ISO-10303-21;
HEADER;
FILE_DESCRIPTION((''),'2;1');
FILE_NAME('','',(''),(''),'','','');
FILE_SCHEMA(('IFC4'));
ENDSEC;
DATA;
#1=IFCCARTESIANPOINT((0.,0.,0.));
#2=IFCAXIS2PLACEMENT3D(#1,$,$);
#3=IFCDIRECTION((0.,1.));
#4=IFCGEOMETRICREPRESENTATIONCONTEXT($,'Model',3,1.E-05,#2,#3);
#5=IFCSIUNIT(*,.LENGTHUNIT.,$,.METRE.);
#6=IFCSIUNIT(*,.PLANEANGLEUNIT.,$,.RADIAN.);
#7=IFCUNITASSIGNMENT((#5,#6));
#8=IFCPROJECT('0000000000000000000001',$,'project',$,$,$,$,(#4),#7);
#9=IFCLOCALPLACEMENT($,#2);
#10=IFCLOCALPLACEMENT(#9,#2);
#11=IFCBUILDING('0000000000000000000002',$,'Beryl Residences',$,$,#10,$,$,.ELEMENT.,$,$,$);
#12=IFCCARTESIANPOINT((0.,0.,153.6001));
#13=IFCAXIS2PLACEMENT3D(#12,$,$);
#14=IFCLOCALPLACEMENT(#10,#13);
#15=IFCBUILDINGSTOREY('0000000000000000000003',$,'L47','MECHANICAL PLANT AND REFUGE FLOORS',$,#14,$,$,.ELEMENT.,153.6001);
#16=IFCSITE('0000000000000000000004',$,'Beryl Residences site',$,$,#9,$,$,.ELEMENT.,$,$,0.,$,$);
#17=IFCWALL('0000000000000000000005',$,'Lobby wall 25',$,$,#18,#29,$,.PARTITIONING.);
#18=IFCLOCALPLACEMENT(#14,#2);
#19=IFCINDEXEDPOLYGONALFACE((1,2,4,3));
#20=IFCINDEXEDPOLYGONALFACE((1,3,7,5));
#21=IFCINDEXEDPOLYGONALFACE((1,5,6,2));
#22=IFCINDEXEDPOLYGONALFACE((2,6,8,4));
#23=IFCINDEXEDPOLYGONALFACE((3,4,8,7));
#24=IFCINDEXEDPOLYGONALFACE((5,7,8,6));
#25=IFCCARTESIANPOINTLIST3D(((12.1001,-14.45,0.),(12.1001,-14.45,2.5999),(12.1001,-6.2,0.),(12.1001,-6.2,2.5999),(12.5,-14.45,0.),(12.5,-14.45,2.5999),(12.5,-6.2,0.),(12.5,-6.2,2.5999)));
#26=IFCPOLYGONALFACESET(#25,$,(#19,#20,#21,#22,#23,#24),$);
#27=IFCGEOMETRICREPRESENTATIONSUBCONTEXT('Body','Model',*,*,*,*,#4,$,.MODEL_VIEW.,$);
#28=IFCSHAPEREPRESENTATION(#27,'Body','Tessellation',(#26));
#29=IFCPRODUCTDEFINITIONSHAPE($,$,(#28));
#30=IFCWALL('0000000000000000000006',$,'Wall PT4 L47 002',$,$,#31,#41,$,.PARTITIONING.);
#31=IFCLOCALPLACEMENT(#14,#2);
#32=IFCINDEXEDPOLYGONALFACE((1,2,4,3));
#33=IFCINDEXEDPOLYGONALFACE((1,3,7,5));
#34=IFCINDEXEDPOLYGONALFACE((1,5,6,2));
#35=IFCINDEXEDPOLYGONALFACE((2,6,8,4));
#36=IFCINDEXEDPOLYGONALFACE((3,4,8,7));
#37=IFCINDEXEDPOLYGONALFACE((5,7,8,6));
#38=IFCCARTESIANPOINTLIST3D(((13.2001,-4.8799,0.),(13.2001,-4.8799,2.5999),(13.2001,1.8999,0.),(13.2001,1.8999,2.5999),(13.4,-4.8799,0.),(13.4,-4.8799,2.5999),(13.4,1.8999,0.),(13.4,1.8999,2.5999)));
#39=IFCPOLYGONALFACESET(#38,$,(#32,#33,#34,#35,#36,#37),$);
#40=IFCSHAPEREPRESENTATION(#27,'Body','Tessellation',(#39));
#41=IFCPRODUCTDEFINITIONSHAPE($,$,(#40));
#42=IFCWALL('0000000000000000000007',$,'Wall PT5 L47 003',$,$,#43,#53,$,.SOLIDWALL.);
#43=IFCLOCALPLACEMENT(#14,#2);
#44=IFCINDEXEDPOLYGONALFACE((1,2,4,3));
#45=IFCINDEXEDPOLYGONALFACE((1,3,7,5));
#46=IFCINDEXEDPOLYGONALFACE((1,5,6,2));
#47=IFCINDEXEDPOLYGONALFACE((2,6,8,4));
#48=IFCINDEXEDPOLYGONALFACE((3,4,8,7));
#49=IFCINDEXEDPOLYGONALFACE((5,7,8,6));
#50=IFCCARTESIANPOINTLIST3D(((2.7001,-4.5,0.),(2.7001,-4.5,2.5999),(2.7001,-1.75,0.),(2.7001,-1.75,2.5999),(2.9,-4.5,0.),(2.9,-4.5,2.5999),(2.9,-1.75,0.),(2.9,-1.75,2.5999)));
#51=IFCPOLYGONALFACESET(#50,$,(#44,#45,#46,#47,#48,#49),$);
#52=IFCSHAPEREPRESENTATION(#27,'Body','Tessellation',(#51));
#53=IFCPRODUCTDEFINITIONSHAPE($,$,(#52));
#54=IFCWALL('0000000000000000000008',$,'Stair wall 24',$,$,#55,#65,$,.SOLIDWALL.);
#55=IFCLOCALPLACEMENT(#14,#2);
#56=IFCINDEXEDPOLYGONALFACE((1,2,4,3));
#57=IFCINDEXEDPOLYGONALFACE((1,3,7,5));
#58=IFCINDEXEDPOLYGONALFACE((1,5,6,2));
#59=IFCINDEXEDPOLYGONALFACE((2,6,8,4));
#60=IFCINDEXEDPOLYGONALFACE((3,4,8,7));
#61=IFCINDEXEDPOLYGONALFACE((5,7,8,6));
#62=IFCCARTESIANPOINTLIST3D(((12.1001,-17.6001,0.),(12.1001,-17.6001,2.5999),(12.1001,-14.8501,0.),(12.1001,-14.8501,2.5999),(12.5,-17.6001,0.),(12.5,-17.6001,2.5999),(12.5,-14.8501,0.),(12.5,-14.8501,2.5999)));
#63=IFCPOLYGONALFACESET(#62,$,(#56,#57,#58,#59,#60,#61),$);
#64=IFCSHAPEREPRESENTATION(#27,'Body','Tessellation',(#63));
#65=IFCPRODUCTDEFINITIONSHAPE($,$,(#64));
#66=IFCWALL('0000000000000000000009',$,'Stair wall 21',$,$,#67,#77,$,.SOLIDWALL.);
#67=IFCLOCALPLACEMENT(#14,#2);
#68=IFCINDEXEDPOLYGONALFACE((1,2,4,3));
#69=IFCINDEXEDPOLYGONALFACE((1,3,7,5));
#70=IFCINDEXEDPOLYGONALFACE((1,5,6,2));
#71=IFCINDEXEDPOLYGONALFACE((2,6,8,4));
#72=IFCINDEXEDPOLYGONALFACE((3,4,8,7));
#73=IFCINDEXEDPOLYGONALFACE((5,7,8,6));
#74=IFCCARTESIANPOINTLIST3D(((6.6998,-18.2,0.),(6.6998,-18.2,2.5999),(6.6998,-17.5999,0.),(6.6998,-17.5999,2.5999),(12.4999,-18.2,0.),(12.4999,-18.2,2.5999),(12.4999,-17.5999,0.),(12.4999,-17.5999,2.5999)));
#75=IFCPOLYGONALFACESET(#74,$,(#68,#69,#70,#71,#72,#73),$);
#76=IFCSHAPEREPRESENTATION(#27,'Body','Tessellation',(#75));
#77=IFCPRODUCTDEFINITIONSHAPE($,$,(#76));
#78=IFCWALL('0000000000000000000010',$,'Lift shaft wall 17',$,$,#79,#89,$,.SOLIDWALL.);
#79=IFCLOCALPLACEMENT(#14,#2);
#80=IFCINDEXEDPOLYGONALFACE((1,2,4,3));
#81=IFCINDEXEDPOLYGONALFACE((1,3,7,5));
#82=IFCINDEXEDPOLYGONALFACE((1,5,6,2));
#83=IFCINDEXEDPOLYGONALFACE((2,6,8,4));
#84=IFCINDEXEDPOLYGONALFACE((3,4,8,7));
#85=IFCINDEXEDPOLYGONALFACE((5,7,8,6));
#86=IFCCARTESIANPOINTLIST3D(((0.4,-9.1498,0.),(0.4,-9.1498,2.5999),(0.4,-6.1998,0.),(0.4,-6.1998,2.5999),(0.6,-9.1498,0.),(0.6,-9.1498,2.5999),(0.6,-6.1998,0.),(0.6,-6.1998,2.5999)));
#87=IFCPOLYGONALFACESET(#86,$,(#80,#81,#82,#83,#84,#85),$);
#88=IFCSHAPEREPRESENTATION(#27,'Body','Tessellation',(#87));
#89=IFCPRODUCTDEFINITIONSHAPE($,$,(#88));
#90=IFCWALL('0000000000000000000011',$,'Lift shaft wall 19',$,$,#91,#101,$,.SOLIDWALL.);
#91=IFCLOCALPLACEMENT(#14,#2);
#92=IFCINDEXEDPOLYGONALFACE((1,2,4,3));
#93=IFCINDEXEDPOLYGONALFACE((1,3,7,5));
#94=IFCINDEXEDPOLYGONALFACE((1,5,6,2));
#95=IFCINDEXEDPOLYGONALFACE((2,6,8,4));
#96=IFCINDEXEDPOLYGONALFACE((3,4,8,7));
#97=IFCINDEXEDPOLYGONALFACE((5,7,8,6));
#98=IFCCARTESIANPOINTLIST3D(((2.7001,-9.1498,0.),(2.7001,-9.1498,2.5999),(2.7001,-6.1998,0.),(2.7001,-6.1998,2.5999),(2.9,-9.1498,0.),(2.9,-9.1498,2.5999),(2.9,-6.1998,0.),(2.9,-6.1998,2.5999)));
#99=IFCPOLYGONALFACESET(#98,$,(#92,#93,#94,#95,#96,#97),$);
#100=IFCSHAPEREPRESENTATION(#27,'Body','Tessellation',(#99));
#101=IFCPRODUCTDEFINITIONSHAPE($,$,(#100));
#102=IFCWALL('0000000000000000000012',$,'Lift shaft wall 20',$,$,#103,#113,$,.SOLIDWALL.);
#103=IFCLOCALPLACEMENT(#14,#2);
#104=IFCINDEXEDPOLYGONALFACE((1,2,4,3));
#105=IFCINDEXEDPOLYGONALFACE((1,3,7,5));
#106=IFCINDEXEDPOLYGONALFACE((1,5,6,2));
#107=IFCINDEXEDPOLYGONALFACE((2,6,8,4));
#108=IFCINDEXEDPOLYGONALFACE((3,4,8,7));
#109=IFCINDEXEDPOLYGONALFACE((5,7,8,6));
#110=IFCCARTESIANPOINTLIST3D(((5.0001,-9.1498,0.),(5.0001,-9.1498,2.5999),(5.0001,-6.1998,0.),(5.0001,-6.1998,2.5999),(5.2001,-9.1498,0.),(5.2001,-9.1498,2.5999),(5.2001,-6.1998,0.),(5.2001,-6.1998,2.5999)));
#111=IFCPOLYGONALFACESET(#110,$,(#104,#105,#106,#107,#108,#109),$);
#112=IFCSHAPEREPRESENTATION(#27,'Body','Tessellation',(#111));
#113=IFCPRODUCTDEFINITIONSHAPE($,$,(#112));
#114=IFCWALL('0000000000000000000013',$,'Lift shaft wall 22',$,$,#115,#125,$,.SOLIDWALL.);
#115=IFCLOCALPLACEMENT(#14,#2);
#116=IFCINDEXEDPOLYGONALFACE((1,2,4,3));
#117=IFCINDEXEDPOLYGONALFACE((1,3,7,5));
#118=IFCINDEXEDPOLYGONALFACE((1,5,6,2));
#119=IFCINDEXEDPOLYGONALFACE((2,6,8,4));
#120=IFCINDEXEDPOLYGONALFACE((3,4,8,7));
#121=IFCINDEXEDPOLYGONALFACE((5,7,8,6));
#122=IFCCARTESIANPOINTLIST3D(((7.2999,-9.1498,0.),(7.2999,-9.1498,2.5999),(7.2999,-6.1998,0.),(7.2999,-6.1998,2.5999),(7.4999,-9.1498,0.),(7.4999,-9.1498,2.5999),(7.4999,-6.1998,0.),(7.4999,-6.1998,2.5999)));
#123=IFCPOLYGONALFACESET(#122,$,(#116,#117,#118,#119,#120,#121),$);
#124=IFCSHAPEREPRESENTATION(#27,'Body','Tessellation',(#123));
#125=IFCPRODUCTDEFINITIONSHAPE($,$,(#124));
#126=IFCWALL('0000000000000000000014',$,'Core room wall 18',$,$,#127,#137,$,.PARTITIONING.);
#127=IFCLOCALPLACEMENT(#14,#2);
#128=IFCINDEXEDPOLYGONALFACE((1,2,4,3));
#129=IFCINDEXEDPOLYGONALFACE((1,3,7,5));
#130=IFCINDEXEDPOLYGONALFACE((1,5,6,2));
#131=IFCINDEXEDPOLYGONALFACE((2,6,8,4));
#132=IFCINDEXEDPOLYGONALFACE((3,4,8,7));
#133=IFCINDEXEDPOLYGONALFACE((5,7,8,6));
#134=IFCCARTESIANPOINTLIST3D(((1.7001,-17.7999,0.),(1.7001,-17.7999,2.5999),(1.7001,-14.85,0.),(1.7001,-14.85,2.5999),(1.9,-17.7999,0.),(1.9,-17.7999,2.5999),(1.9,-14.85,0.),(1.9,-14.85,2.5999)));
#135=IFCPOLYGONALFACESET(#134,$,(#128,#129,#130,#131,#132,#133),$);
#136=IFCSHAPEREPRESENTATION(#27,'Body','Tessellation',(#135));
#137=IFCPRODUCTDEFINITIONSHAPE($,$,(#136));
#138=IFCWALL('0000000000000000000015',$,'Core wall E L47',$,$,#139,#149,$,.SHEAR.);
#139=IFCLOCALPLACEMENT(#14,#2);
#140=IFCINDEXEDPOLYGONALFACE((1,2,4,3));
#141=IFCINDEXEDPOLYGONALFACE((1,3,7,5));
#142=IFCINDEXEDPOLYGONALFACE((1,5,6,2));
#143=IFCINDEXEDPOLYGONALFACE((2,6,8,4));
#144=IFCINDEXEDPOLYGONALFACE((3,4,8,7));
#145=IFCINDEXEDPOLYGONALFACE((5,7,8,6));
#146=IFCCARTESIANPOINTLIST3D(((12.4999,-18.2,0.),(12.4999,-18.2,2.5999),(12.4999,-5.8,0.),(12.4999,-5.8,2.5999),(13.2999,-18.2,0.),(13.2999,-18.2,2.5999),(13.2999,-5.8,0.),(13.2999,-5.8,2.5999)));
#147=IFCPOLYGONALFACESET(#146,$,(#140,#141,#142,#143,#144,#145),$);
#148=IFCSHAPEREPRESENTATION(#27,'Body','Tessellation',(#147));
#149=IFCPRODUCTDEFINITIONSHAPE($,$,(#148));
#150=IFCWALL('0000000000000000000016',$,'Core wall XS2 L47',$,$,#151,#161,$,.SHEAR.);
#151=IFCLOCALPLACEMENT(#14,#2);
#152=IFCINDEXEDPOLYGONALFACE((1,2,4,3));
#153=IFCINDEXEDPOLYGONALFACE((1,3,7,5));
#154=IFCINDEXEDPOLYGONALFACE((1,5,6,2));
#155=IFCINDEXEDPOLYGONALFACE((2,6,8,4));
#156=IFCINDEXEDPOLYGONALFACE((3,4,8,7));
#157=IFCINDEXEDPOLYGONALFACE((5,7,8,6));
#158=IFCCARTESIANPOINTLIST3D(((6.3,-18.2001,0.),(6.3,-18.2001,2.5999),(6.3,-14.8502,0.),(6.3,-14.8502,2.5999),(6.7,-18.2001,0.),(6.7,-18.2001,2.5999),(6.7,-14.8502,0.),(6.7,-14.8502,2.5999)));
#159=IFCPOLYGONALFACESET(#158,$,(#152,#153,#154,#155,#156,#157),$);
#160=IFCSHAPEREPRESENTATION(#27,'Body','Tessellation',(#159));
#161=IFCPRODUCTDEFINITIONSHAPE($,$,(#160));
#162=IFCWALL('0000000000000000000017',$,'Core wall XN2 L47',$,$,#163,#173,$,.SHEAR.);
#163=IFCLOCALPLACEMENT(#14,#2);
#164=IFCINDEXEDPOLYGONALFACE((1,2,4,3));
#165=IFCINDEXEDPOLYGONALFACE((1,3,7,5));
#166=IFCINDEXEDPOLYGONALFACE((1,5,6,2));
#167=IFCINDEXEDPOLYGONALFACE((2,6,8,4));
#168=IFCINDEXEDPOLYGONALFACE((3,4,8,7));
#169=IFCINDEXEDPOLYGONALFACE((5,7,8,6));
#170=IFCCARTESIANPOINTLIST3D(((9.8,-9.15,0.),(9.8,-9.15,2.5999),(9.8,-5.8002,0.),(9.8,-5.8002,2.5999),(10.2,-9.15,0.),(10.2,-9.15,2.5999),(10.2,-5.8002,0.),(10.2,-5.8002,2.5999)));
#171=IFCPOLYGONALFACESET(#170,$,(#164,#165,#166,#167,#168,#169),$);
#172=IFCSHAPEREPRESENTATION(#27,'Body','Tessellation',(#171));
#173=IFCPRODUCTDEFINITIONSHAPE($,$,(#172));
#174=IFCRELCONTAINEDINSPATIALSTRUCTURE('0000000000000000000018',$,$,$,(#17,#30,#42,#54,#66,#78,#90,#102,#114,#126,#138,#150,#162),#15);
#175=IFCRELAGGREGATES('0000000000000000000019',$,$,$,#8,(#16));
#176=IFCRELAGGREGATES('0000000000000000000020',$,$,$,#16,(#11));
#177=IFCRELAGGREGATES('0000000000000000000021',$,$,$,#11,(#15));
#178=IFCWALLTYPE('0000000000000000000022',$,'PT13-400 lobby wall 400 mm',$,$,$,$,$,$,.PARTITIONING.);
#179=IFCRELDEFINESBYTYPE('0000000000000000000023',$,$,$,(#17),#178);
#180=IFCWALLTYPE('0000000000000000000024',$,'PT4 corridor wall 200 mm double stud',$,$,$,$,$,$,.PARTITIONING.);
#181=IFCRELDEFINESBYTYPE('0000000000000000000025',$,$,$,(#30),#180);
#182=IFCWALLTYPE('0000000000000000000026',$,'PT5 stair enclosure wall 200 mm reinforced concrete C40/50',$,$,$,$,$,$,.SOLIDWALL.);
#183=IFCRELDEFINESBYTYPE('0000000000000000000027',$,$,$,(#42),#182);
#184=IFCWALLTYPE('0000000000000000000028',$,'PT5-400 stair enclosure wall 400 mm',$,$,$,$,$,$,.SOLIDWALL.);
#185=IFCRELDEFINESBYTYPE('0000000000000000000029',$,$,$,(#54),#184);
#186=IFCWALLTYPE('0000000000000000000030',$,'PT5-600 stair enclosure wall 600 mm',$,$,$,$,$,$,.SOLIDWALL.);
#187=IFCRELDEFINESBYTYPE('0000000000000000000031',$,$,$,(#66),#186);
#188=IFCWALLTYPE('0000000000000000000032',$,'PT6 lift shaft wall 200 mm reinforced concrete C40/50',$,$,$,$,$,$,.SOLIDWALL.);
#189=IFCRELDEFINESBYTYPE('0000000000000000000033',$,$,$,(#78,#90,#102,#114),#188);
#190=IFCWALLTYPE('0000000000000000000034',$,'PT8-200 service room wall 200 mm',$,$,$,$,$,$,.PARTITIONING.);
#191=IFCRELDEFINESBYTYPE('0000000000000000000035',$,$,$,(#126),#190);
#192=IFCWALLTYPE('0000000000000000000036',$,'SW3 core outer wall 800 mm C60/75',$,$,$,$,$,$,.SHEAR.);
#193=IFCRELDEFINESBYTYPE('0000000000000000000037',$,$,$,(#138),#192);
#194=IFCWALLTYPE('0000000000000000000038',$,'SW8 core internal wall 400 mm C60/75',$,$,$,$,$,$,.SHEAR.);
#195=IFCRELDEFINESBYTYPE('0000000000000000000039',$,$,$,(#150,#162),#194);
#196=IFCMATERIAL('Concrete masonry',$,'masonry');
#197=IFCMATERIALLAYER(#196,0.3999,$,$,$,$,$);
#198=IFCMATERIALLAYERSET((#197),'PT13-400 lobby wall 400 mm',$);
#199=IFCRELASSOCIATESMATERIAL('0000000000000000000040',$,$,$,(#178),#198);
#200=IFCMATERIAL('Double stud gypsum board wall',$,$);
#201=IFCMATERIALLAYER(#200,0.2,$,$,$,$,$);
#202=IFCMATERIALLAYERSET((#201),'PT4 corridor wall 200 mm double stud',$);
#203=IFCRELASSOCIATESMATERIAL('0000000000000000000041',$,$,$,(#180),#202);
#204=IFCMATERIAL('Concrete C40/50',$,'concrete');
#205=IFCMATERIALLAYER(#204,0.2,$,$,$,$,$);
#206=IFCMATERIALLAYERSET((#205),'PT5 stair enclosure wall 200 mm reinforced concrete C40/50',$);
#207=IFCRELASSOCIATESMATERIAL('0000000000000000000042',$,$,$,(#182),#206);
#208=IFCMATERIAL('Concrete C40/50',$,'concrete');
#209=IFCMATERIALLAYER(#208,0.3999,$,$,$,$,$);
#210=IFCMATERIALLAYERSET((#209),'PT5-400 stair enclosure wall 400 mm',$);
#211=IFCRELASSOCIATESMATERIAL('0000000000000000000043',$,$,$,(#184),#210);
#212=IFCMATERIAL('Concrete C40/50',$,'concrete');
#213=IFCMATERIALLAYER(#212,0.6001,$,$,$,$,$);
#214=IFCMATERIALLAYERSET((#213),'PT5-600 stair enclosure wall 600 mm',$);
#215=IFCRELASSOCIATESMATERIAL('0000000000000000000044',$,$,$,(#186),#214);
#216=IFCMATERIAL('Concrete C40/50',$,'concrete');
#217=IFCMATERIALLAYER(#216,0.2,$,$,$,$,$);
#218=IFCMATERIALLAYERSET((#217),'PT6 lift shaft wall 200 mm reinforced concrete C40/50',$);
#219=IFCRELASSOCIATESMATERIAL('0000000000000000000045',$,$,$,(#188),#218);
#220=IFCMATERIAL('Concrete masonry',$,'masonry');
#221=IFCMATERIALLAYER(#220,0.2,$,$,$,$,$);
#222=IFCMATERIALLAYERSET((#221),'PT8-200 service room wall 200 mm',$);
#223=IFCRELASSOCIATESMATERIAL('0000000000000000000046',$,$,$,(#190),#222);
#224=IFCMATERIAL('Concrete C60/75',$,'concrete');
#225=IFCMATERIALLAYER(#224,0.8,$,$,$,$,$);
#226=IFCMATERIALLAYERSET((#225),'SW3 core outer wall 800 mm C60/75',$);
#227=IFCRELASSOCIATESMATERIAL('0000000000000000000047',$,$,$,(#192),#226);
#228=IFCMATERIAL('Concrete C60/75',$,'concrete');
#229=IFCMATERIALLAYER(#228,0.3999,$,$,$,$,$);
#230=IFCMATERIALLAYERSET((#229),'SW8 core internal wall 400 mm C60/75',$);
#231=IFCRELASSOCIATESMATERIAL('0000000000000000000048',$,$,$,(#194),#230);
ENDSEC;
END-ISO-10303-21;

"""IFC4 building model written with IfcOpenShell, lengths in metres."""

from ifc_helpers import new_model, si_unit, direction, frame, frame_2d, origin, place, context, subcontext, project, spatial, rectangle, extrude, material, layer, layer_set, type_object, element, save


model = new_model("IFC4")

# Units and contexts
model_context = context("Model", 3, precision=1e-05, world=origin(), true_north=direction((0.0, 1.0)))
body_context = subcontext(model_context, "Body", "Model", "MODEL_VIEW")
ifc_project = project(units=[si_unit("LENGTHUNIT", "METRE"), si_unit("PLANEANGLEUNIT", "RADIAN")], contexts=[model_context])

# Site, building, storey
site_placement = place(None, origin())
site = spatial("IfcSite", under=ifc_project, at=site_placement, Name="Beryl Residences site", CompositionType="ELEMENT", RefElevation=0.0)
building_placement = place(site_placement, origin())
building = spatial("IfcBuilding", under=site, at=building_placement, Name="Beryl Residences", CompositionType="ELEMENT")
storey_placement = place(building_placement, frame((0.0, 0.0, 153.6001)))
storey = spatial("IfcBuildingStorey", under=building, at=storey_placement, Name="L47", Description="MECHANICAL PLANT AND REFUGE FLOORS", CompositionType="ELEMENT", Elevation=153.6001)

# Walls
ifc_material_1 = material(Name="Concrete masonry", Category="masonry")
ifc_layer_1 = layer(ifc_material_1, 0.3999)
ifc_layer_set_1 = layer_set([ifc_layer_1], Name="PT13-400 lobby wall 400 mm")
wall_type_1 = type_object("IfcWallType", Name="PT13-400 lobby wall 400 mm", PredefinedType="PARTITIONING", material=ifc_layer_set_1)
wall_1_placement = place(storey_placement, frame((12.3, -14.45, 0.0), z_axis=(0.0, 0.0, 1.0), x_axis=(0.0, 1.0, 0.0)))
element("IfcWall", 1, at=wall_1_placement, inside=storey, type_object=wall_type_1, Name="Lobby wall 25", PredefinedType="PARTITIONING", context=body_context, shape_type="SweptSolid", body=[
    extrude(rectangle(XDim=8.25, YDim=0.3999, at=frame_2d((4.125, 0.0))), origin(), (0.0, 0.0, 1.0), 2.5999),
])
ifc_material_2 = material(Name="Double stud gypsum board wall")
ifc_layer_2 = layer(ifc_material_2, 0.2)
ifc_layer_set_2 = layer_set([ifc_layer_2], Name="PT4 corridor wall 200 mm double stud")
wall_type_2 = type_object("IfcWallType", Name="PT4 corridor wall 200 mm double stud", PredefinedType="PARTITIONING", material=ifc_layer_set_2)
wall_2_placement = place(storey_placement, frame((13.3, -4.8799, 0.0), z_axis=(0.0, 0.0, 1.0), x_axis=(0.0, 1.0, 0.0)))
element("IfcWall", 2, at=wall_2_placement, inside=storey, type_object=wall_type_2, Name="Wall PT4 L47 002", PredefinedType="PARTITIONING", context=body_context, shape_type="SweptSolid", body=[
    extrude(rectangle(XDim=6.7798, YDim=0.2, at=frame_2d((3.3899, 0.0))), origin(), (0.0, 0.0, 1.0), 2.5999),
])
ifc_material_3 = material(Name="Concrete C40/50", Category="concrete")
ifc_layer_3 = layer(ifc_material_3, 0.2)
ifc_layer_set_3 = layer_set([ifc_layer_3], Name="PT5 stair enclosure wall 200 mm reinforced concrete C40/50")
wall_type_3 = type_object("IfcWallType", Name="PT5 stair enclosure wall 200 mm reinforced concrete C40/50", PredefinedType="SOLIDWALL", material=ifc_layer_set_3)
wall_3_placement = place(storey_placement, frame((2.8, -4.5, 0.0), z_axis=(0.0, 0.0, 1.0), x_axis=(0.0, 1.0, 0.0)))
element("IfcWall", 3, at=wall_3_placement, inside=storey, type_object=wall_type_3, Name="Wall PT5 L47 003", PredefinedType="SOLIDWALL", context=body_context, shape_type="SweptSolid", body=[
    extrude(rectangle(XDim=2.75, YDim=0.2, at=frame_2d((1.375, 0.0))), origin(), (0.0, 0.0, 1.0), 2.5999),
])
ifc_material_4 = material(Name="Concrete C40/50", Category="concrete")
ifc_layer_4 = layer(ifc_material_4, 0.3999)
ifc_layer_set_4 = layer_set([ifc_layer_4], Name="PT5-400 stair enclosure wall 400 mm")
wall_type_4 = type_object("IfcWallType", Name="PT5-400 stair enclosure wall 400 mm", PredefinedType="SOLIDWALL", material=ifc_layer_set_4)
wall_4_placement = place(storey_placement, frame((12.3, -17.6001, 0.0), z_axis=(0.0, 0.0, 1.0), x_axis=(0.0, 1.0, 0.0)))
element("IfcWall", 4, at=wall_4_placement, inside=storey, type_object=wall_type_4, Name="Stair wall 24", PredefinedType="SOLIDWALL", context=body_context, shape_type="SweptSolid", body=[
    extrude(rectangle(XDim=2.75, YDim=0.3999, at=frame_2d((1.375, 0.0))), origin(), (0.0, 0.0, 1.0), 2.5999),
])
ifc_material_5 = material(Name="Concrete C40/50", Category="concrete")
ifc_layer_5 = layer(ifc_material_5, 0.6001)
ifc_layer_set_5 = layer_set([ifc_layer_5], Name="PT5-600 stair enclosure wall 600 mm")
wall_type_5 = type_object("IfcWallType", Name="PT5-600 stair enclosure wall 600 mm", PredefinedType="SOLIDWALL", material=ifc_layer_set_5)
wall_5_placement = place(storey_placement, frame((6.7, -17.8999, 0.0), z_axis=(0.0, 0.0, 1.0), x_axis=(1.0, 0.0, 0.0)))
element("IfcWall", 5, at=wall_5_placement, inside=storey, type_object=wall_type_5, Name="Stair wall 21", PredefinedType="SOLIDWALL", context=body_context, shape_type="SweptSolid", body=[
    extrude(rectangle(XDim=5.8, YDim=0.6001, at=frame_2d((2.8999, 0.0))), origin(), (0.0, 0.0, 1.0), 2.5999),
])
ifc_material_6 = material(Name="Concrete C40/50", Category="concrete")
ifc_layer_6 = layer(ifc_material_6, 0.2)
ifc_layer_set_6 = layer_set([ifc_layer_6], Name="PT6 lift shaft wall 200 mm reinforced concrete C40/50")
wall_type_6 = type_object("IfcWallType", Name="PT6 lift shaft wall 200 mm reinforced concrete C40/50", PredefinedType="SOLIDWALL", material=ifc_layer_set_6)
for number, where, z_axis, x_axis, name in (
    (6, (0.5, -9.1499, 0.0), (0.0, 0.0, 1.0), (0.0, 1.0, 0.0), "Lift shaft wall 17"),
    (7, (2.8, -9.1499, 0.0), (0.0, 0.0, 1.0), (0.0, 1.0, 0.0), "Lift shaft wall 19"),
    (8, (5.1001, -9.1499, 0.0), (0.0, 0.0, 1.0), (0.0, 1.0, 0.0), "Lift shaft wall 20"),
    (9, (7.3999, -9.1499, 0.0), (0.0, 0.0, 1.0), (0.0, 1.0, 0.0), "Lift shaft wall 22"),
):
    element("IfcWall", number, at=place(storey_placement, frame(where, z_axis=z_axis, x_axis=x_axis)), inside=storey, type_object=wall_type_6, Name=name, PredefinedType="SOLIDWALL", context=body_context, shape_type="SweptSolid", body=[
        extrude(rectangle(XDim=2.95, YDim=0.2, at=frame_2d((1.4751, 0.0))), origin(), (0.0, 0.0, 1.0), 2.5999),
    ])
ifc_material_7 = material(Name="Concrete masonry", Category="masonry")
ifc_layer_7 = layer(ifc_material_7, 0.2)
ifc_layer_set_7 = layer_set([ifc_layer_7], Name="PT8-200 service room wall 200 mm")
wall_type_7 = type_object("IfcWallType", Name="PT8-200 service room wall 200 mm", PredefinedType="PARTITIONING", material=ifc_layer_set_7)
wall_6_placement = place(storey_placement, frame((1.8, -17.8, 0.0), z_axis=(0.0, 0.0, 1.0), x_axis=(0.0, 1.0, 0.0)))
element("IfcWall", 10, at=wall_6_placement, inside=storey, type_object=wall_type_7, Name="Core room wall 18", PredefinedType="PARTITIONING", context=body_context, shape_type="SweptSolid", body=[
    extrude(rectangle(XDim=2.95, YDim=0.2, at=frame_2d((1.4751, 0.0))), origin(), (0.0, 0.0, 1.0), 2.5999),
])
ifc_material_8 = material(Name="Concrete C60/75", Category="concrete")
ifc_layer_8 = layer(ifc_material_8, 0.8)
ifc_layer_set_8 = layer_set([ifc_layer_8], Name="SW3 core outer wall 800 mm C60/75")
wall_type_8 = type_object("IfcWallType", Name="SW3 core outer wall 800 mm C60/75", PredefinedType="SHEAR", material=ifc_layer_set_8)
wall_7_placement = place(storey_placement, frame((12.8999, -18.2, 0.0), z_axis=(0.0, 0.0, 1.0), x_axis=(0.0, 1.0, 0.0)))
element("IfcWall", 11, at=wall_7_placement, inside=storey, type_object=wall_type_8, Name="Core wall E L47", PredefinedType="SHEAR", context=body_context, shape_type="SweptSolid", body=[
    extrude(rectangle(XDim=12.3999, YDim=0.8, at=frame_2d((6.2, 0.0))), origin(), (0.0, 0.0, 1.0), 2.5999),
])
ifc_material_9 = material(Name="Concrete C60/75", Category="concrete")
ifc_layer_9 = layer(ifc_material_9, 0.3999)
ifc_layer_set_9 = layer_set([ifc_layer_9], Name="SW8 core internal wall 400 mm C60/75")
wall_type_9 = type_object("IfcWallType", Name="SW8 core internal wall 400 mm C60/75", PredefinedType="SHEAR", material=ifc_layer_set_9)
for number, where, z_axis, x_axis, name in (
    (12, (6.5, -18.2, 0.0), (0.0, 0.0, 1.0), (0.0, 1.0, 0.0), "Core wall XS2 L47"),
    (13, (10.0, -9.1499, 0.0), (0.0, 0.0, 1.0), (0.0, 1.0, 0.0), "Core wall XN2 L47"),
):
    element("IfcWall", number, at=place(storey_placement, frame(where, z_axis=z_axis, x_axis=x_axis)), inside=storey, type_object=wall_type_9, Name=name, PredefinedType="SHEAR", context=body_context, shape_type="SweptSolid", body=[
        extrude(rectangle(XDim=3.3499, YDim=0.3999, at=frame_2d((1.6748, 0.0))), origin(), (0.0, 0.0, 1.0), 2.5999),
    ])

save(model, "model.ifc")
